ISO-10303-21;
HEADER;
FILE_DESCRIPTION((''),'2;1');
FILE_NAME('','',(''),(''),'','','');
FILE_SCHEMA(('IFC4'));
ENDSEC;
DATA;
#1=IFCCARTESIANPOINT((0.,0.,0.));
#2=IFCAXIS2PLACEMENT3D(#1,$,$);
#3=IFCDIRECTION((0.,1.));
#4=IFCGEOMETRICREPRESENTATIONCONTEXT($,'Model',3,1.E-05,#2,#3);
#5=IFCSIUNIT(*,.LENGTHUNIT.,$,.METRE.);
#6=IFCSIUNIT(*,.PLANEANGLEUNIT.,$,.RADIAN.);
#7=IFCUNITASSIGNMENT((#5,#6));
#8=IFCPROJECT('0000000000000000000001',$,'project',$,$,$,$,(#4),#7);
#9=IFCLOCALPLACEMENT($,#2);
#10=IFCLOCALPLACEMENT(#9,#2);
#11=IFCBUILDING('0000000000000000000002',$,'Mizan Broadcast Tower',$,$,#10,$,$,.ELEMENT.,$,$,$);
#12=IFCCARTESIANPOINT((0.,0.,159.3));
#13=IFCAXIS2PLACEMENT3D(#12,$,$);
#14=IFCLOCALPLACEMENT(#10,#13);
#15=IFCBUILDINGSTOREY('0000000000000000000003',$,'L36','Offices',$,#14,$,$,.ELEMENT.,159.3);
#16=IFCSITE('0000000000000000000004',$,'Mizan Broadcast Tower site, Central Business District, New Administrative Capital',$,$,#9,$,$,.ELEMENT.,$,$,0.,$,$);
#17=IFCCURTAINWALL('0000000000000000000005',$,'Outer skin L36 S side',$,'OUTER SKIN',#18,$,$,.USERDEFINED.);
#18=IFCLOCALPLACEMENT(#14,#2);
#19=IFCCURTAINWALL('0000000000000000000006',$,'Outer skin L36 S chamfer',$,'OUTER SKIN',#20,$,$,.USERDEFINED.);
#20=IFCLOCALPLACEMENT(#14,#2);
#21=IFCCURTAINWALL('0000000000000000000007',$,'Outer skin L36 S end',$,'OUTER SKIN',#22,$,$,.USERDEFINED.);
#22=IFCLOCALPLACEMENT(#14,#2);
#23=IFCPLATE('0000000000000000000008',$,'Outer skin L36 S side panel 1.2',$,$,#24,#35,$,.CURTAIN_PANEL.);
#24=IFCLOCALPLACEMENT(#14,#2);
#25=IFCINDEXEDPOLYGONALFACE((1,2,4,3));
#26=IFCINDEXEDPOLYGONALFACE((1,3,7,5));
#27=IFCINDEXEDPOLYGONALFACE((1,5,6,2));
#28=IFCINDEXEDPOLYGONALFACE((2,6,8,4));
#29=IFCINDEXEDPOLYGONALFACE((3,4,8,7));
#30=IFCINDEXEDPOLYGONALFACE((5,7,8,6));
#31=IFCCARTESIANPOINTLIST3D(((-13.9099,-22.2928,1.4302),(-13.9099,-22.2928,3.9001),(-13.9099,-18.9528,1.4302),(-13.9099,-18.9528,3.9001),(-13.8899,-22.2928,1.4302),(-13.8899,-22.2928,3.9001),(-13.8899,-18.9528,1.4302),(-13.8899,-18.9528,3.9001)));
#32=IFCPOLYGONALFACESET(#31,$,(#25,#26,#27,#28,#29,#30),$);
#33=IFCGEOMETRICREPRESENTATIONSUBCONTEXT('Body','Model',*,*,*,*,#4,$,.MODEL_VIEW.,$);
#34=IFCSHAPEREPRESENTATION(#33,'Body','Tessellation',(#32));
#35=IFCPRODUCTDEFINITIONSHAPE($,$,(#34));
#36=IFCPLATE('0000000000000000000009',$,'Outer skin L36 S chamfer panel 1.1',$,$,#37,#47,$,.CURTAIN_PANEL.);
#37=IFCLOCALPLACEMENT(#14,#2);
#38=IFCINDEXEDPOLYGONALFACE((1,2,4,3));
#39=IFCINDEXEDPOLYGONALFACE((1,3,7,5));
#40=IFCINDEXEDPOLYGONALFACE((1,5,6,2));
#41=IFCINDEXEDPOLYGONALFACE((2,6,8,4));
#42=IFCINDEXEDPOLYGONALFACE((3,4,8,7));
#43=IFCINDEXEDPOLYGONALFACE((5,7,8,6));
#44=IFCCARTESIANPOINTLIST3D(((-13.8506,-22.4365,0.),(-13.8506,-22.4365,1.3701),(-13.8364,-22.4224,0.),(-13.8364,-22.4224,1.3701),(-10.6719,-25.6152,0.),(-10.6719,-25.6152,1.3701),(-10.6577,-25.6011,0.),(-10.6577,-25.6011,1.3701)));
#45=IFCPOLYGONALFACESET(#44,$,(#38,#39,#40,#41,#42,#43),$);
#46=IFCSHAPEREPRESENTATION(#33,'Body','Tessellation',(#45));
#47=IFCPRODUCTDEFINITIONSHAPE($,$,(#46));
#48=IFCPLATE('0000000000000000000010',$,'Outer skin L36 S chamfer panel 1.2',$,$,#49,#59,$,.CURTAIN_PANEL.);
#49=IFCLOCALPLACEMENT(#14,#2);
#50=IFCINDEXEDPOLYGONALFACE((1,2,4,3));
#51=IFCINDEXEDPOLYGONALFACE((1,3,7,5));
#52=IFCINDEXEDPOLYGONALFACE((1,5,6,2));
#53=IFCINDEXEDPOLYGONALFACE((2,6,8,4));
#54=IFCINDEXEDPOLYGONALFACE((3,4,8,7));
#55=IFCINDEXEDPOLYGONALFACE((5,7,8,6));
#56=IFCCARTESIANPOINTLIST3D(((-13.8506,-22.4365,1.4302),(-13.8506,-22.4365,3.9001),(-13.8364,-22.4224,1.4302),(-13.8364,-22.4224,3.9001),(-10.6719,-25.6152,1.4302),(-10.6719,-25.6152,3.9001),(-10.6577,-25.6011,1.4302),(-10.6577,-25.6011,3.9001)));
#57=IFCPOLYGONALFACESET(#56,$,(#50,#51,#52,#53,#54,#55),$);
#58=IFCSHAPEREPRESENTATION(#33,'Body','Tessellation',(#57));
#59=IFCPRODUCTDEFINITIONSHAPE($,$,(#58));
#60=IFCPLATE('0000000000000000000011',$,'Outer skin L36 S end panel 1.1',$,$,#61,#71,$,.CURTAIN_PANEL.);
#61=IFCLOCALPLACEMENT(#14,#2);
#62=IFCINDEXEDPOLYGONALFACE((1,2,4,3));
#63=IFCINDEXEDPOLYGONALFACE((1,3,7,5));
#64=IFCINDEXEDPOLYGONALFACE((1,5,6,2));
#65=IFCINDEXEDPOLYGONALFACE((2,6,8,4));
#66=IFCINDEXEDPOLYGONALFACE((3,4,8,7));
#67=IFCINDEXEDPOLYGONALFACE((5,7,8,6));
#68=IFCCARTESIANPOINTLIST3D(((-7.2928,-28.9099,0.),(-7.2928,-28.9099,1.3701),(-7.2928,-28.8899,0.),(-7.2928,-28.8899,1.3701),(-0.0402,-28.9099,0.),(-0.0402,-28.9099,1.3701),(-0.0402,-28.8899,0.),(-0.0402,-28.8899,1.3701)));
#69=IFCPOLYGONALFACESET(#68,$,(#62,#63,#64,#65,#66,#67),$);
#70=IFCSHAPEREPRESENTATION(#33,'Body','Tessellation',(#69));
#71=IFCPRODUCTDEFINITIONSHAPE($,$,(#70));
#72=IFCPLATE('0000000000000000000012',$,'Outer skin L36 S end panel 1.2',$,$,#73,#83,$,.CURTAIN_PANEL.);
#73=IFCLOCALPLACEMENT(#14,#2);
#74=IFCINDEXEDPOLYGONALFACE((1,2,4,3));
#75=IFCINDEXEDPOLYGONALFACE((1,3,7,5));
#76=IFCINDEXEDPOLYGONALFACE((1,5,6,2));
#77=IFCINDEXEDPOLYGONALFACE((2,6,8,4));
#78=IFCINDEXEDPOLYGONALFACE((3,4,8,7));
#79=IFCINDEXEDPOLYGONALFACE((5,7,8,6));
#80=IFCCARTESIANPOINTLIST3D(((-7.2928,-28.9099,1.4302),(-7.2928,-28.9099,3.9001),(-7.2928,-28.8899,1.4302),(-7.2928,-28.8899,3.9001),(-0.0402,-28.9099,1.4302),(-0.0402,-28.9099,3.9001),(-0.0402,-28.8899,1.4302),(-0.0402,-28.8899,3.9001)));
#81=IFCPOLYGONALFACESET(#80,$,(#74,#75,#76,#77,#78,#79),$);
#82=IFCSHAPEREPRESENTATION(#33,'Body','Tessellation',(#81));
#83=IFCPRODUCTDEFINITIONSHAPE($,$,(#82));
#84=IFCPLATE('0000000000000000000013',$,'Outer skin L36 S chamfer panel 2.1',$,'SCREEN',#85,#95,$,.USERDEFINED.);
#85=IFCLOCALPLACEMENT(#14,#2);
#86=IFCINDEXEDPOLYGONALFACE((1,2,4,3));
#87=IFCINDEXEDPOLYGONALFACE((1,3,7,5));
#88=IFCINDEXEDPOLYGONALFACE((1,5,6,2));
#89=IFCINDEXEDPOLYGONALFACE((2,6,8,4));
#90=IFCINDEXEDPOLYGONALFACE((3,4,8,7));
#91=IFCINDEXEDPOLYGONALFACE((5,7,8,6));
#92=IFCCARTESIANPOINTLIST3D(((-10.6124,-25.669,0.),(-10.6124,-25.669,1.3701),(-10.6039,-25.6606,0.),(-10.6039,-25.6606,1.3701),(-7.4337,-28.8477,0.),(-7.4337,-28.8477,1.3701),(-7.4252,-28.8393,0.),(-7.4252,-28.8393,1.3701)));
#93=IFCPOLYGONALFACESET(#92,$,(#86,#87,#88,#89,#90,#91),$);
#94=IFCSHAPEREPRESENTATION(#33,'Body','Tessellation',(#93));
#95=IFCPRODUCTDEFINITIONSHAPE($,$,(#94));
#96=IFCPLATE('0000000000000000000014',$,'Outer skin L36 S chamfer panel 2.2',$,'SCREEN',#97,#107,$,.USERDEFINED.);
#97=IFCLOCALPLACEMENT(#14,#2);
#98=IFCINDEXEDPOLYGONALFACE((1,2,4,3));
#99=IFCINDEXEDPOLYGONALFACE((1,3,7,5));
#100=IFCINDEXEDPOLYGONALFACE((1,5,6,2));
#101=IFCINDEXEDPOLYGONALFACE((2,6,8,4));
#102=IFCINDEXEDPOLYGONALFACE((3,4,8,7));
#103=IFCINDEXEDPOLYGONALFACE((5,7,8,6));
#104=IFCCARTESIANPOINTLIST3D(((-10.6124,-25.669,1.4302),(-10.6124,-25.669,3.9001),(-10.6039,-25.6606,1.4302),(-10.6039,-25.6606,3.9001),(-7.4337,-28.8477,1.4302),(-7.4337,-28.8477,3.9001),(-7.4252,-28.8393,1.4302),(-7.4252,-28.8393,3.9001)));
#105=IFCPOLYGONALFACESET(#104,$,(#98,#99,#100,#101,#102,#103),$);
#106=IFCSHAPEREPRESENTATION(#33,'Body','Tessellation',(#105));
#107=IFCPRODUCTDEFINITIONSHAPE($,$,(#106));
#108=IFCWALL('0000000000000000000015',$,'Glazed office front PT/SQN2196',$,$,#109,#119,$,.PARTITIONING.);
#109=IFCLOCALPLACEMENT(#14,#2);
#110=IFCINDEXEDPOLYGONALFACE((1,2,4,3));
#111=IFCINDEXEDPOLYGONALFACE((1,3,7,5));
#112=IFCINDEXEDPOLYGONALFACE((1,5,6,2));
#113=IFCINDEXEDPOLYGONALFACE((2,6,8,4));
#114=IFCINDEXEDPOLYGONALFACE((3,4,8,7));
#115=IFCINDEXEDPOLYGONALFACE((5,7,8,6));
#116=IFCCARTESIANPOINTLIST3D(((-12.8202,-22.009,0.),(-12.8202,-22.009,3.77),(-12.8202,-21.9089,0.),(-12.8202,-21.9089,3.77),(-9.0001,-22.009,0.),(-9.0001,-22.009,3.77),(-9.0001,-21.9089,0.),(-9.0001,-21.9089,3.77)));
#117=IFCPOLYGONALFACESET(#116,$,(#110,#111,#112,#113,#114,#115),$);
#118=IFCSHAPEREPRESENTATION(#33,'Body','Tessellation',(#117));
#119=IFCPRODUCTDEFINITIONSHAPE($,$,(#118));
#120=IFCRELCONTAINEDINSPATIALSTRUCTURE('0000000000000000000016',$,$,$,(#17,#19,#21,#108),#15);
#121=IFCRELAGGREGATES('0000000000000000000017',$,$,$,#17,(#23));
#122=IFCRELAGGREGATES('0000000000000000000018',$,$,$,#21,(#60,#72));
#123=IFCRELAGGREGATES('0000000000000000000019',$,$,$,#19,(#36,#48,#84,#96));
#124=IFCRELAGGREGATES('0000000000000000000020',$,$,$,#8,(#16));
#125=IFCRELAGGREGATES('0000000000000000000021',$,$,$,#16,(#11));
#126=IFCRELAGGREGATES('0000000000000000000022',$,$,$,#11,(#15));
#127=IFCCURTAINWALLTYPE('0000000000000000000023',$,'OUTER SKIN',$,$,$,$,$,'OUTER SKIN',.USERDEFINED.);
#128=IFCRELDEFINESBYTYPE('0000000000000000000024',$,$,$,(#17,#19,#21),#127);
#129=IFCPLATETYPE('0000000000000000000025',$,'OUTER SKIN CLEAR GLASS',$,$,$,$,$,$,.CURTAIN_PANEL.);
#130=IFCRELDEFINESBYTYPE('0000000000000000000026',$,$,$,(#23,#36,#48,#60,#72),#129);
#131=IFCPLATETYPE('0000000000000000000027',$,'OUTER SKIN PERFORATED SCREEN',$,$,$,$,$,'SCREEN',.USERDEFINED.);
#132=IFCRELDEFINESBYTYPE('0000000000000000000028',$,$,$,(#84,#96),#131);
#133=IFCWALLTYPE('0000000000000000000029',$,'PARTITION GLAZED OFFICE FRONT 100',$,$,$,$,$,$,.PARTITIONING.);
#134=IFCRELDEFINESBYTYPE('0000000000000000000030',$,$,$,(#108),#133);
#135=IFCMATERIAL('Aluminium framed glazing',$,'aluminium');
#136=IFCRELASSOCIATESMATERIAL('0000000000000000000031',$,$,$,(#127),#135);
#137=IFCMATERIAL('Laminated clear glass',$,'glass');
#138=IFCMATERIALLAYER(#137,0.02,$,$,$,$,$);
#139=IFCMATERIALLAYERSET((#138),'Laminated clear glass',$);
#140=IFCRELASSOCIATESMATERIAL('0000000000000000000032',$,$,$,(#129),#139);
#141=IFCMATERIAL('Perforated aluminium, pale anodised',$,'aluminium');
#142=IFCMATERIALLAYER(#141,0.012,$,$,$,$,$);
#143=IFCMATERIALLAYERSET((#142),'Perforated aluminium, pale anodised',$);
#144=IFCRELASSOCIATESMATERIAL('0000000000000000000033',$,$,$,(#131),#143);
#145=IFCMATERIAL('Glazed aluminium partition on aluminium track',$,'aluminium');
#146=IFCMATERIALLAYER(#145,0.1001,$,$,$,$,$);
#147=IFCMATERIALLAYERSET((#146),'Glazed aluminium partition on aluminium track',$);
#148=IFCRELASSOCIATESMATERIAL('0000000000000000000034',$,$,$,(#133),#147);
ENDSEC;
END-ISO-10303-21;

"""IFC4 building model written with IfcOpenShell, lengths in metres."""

from ifc_helpers import new_model, si_unit, direction, frame, frame_2d, origin, origin_2d, place, context, subcontext, project, spatial, rectangle, extrude, material, layer, layer_set, type_object, element, aggregate, save


model = new_model("IFC4")

# Units and contexts
model_context = context("Model", 3, precision=1e-05, world=origin(), true_north=direction((0.0, 1.0)))
body_context = subcontext(model_context, "Body", "Model", "MODEL_VIEW")
ifc_project = project(units=[si_unit("LENGTHUNIT", "METRE"), si_unit("PLANEANGLEUNIT", "RADIAN")], contexts=[model_context])

# Site, building, storey
site_placement = place(None, origin())
site = spatial("IfcSite", under=ifc_project, at=site_placement, Name="Mizan Broadcast Tower site, Central Business District, New Administrative Capital", CompositionType="ELEMENT", RefElevation=0.0)
building_placement = place(site_placement, origin())
building = spatial("IfcBuilding", under=site, at=building_placement, Name="Mizan Broadcast Tower", CompositionType="ELEMENT")
storey_placement = place(building_placement, frame((0.0, 0.0, 159.3)))
storey = spatial("IfcBuildingStorey", under=building, at=storey_placement, Name="L36", Description="Offices", CompositionType="ELEMENT", Elevation=159.3)

# Curtain wall
ifc_material_1 = material(Name="Aluminium framed glazing", Category="aluminium")
curtain_wall_type_1 = type_object("IfcCurtainWallType", Name="OUTER SKIN", ElementType="OUTER SKIN", PredefinedType="USERDEFINED", material=ifc_material_1)
curtain_wall_1_placement = place(storey_placement, origin())
curtain_wall_1 = element("IfcCurtainWall", 1, at=curtain_wall_1_placement, inside=storey, type_object=curtain_wall_type_1, Name="Outer skin L36 S side", ObjectType="OUTER SKIN", PredefinedType="USERDEFINED")

# Curtain wall
curtain_wall_2_placement = place(storey_placement, origin())
curtain_wall_2 = element("IfcCurtainWall", 2, at=curtain_wall_2_placement, inside=storey, type_object=curtain_wall_type_1, Name="Outer skin L36 S chamfer", ObjectType="OUTER SKIN", PredefinedType="USERDEFINED")

# Curtain wall
curtain_wall_3_placement = place(storey_placement, origin())
curtain_wall_3 = element("IfcCurtainWall", 3, at=curtain_wall_3_placement, inside=storey, type_object=curtain_wall_type_1, Name="Outer skin L36 S end", ObjectType="OUTER SKIN", PredefinedType="USERDEFINED")

# Plates
ifc_material_2 = material(Name="Laminated clear glass", Category="glass")
ifc_layer_1 = layer(ifc_material_2, 0.02)
ifc_layer_set_1 = layer_set([ifc_layer_1], Name="Laminated clear glass")
plate_type_1 = type_object("IfcPlateType", Name="OUTER SKIN CLEAR GLASS", PredefinedType="CURTAIN_PANEL", material=ifc_layer_set_1)
plate_1_placement = place(storey_placement, frame((-13.8999, -20.6228, 1.4302), z_axis=(0.0, 0.0, 1.0), x_axis=(0.0, -1.0, 0.0)))
plate_1 = element("IfcPlate", 4, at=plate_1_placement, type_object=plate_type_1, Name="Outer skin L36 S side panel 1.2", PredefinedType="CURTAIN_PANEL", context=body_context, shape_type="SweptSolid", body=[
    extrude(rectangle(XDim=3.3401, YDim=0.02, at=origin_2d()), origin(), (0.0, 0.0, 1.0), 2.47),
])
aggregate(curtain_wall_1, [plate_1])
plate_2_placement = place(storey_placement, frame((-12.2542, -24.0188, 0.0), z_axis=(0.0, 0.0, 1.0), x_axis=(0.707107, -0.707107, 0.0)))
plate_2 = element("IfcPlate", 5, at=plate_2_placement, type_object=plate_type_1, Name="Outer skin L36 S chamfer panel 1.1", PredefinedType="CURTAIN_PANEL", context=body_context, shape_type="SweptSolid", body=[
    extrude(rectangle(XDim=4.4954, YDim=0.02, at=origin_2d()), origin(), (0.0, 0.0, 1.0), 1.3701),
])
plate_3_placement = place(storey_placement, frame((-12.2542, -24.0188, 1.4302), z_axis=(0.0, 0.0, 1.0), x_axis=(0.707107, -0.707107, 0.0)))
plate_3 = element("IfcPlate", 6, at=plate_3_placement, type_object=plate_type_1, Name="Outer skin L36 S chamfer panel 1.2", PredefinedType="CURTAIN_PANEL", context=body_context, shape_type="SweptSolid", body=[
    extrude(rectangle(XDim=4.4954, YDim=0.02, at=origin_2d()), origin(), (0.0, 0.0, 1.0), 2.47),
])
plate_4_placement = place(storey_placement, frame((-3.6665, -28.8999, 0.0), z_axis=(0.0, 0.0, 1.0), x_axis=(1.0, 0.0, 0.0)))
plate_4 = element("IfcPlate", 7, at=plate_4_placement, type_object=plate_type_1, Name="Outer skin L36 S end panel 1.1", PredefinedType="CURTAIN_PANEL", context=body_context, shape_type="SweptSolid", body=[
    extrude(rectangle(XDim=7.2527, YDim=0.02, at=origin_2d()), origin(), (0.0, 0.0, 1.0), 1.3701),
])
plate_5_placement = place(storey_placement, frame((-3.6665, -28.8999, 1.4302), z_axis=(0.0, 0.0, 1.0), x_axis=(1.0, 0.0, 0.0)))
plate_5 = element("IfcPlate", 8, at=plate_5_placement, type_object=plate_type_1, Name="Outer skin L36 S end panel 1.2", PredefinedType="CURTAIN_PANEL", context=body_context, shape_type="SweptSolid", body=[
    extrude(rectangle(XDim=7.2527, YDim=0.02, at=origin_2d()), origin(), (0.0, 0.0, 1.0), 2.47),
])
aggregate(curtain_wall_3, [plate_4, plate_5])
ifc_material_3 = material(Name="Perforated aluminium, pale anodised", Category="aluminium")
ifc_layer_2 = layer(ifc_material_3, 0.012)
ifc_layer_set_2 = layer_set([ifc_layer_2], Name="Perforated aluminium, pale anodised")
plate_type_2 = type_object("IfcPlateType", Name="OUTER SKIN PERFORATED SCREEN", ElementType="SCREEN", PredefinedType="USERDEFINED", material=ifc_layer_set_2)
plate_6_placement = place(storey_placement, frame((-9.0188, -27.2542, 0.0), z_axis=(0.0, 0.0, 1.0), x_axis=(0.707107, -0.707107, 0.0)))
plate_6 = element("IfcPlate", 9, at=plate_6_placement, type_object=plate_type_2, Name="Outer skin L36 S chamfer panel 2.1", ObjectType="SCREEN", PredefinedType="USERDEFINED", context=body_context, shape_type="SweptSolid", body=[
    extrude(rectangle(XDim=4.4954, YDim=0.012, at=origin_2d()), origin(), (0.0, 0.0, 1.0), 1.3701),
])
plate_7_placement = place(storey_placement, frame((-9.0188, -27.2542, 1.4302), z_axis=(0.0, 0.0, 1.0), x_axis=(0.707107, -0.707107, 0.0)))
plate_7 = element("IfcPlate", 10, at=plate_7_placement, type_object=plate_type_2, Name="Outer skin L36 S chamfer panel 2.2", ObjectType="SCREEN", PredefinedType="USERDEFINED", context=body_context, shape_type="SweptSolid", body=[
    extrude(rectangle(XDim=4.4954, YDim=0.012, at=origin_2d()), origin(), (0.0, 0.0, 1.0), 2.47),
])
aggregate(curtain_wall_2, [plate_2, plate_3, plate_6, plate_7])

# Wall
ifc_material_4 = material(Name="Glazed aluminium partition on aluminium track", Category="aluminium")
ifc_layer_3 = layer(ifc_material_4, 0.1001)
ifc_layer_set_3 = layer_set([ifc_layer_3], Name="Glazed aluminium partition on aluminium track")
wall_type = type_object("IfcWallType", Name="PARTITION GLAZED OFFICE FRONT 100", PredefinedType="PARTITIONING", material=ifc_layer_set_3)
wall_placement = place(storey_placement, frame((-9.0, -21.959, 0.0), z_axis=(0.0, 0.0, 1.0), x_axis=(-1.0, 0.0, 0.0)))
element("IfcWall", 11, at=wall_placement, inside=storey, type_object=wall_type, Name="Glazed office front PT/SQN2196", PredefinedType="PARTITIONING", context=body_context, shape_type="SweptSolid", body=[
    extrude(rectangle(XDim=3.8201, YDim=0.1001, at=frame_2d((1.9102, 0.0))), origin(), (0.0, 0.0, 1.0), 3.77),
])

save(model, "model.ifc")
